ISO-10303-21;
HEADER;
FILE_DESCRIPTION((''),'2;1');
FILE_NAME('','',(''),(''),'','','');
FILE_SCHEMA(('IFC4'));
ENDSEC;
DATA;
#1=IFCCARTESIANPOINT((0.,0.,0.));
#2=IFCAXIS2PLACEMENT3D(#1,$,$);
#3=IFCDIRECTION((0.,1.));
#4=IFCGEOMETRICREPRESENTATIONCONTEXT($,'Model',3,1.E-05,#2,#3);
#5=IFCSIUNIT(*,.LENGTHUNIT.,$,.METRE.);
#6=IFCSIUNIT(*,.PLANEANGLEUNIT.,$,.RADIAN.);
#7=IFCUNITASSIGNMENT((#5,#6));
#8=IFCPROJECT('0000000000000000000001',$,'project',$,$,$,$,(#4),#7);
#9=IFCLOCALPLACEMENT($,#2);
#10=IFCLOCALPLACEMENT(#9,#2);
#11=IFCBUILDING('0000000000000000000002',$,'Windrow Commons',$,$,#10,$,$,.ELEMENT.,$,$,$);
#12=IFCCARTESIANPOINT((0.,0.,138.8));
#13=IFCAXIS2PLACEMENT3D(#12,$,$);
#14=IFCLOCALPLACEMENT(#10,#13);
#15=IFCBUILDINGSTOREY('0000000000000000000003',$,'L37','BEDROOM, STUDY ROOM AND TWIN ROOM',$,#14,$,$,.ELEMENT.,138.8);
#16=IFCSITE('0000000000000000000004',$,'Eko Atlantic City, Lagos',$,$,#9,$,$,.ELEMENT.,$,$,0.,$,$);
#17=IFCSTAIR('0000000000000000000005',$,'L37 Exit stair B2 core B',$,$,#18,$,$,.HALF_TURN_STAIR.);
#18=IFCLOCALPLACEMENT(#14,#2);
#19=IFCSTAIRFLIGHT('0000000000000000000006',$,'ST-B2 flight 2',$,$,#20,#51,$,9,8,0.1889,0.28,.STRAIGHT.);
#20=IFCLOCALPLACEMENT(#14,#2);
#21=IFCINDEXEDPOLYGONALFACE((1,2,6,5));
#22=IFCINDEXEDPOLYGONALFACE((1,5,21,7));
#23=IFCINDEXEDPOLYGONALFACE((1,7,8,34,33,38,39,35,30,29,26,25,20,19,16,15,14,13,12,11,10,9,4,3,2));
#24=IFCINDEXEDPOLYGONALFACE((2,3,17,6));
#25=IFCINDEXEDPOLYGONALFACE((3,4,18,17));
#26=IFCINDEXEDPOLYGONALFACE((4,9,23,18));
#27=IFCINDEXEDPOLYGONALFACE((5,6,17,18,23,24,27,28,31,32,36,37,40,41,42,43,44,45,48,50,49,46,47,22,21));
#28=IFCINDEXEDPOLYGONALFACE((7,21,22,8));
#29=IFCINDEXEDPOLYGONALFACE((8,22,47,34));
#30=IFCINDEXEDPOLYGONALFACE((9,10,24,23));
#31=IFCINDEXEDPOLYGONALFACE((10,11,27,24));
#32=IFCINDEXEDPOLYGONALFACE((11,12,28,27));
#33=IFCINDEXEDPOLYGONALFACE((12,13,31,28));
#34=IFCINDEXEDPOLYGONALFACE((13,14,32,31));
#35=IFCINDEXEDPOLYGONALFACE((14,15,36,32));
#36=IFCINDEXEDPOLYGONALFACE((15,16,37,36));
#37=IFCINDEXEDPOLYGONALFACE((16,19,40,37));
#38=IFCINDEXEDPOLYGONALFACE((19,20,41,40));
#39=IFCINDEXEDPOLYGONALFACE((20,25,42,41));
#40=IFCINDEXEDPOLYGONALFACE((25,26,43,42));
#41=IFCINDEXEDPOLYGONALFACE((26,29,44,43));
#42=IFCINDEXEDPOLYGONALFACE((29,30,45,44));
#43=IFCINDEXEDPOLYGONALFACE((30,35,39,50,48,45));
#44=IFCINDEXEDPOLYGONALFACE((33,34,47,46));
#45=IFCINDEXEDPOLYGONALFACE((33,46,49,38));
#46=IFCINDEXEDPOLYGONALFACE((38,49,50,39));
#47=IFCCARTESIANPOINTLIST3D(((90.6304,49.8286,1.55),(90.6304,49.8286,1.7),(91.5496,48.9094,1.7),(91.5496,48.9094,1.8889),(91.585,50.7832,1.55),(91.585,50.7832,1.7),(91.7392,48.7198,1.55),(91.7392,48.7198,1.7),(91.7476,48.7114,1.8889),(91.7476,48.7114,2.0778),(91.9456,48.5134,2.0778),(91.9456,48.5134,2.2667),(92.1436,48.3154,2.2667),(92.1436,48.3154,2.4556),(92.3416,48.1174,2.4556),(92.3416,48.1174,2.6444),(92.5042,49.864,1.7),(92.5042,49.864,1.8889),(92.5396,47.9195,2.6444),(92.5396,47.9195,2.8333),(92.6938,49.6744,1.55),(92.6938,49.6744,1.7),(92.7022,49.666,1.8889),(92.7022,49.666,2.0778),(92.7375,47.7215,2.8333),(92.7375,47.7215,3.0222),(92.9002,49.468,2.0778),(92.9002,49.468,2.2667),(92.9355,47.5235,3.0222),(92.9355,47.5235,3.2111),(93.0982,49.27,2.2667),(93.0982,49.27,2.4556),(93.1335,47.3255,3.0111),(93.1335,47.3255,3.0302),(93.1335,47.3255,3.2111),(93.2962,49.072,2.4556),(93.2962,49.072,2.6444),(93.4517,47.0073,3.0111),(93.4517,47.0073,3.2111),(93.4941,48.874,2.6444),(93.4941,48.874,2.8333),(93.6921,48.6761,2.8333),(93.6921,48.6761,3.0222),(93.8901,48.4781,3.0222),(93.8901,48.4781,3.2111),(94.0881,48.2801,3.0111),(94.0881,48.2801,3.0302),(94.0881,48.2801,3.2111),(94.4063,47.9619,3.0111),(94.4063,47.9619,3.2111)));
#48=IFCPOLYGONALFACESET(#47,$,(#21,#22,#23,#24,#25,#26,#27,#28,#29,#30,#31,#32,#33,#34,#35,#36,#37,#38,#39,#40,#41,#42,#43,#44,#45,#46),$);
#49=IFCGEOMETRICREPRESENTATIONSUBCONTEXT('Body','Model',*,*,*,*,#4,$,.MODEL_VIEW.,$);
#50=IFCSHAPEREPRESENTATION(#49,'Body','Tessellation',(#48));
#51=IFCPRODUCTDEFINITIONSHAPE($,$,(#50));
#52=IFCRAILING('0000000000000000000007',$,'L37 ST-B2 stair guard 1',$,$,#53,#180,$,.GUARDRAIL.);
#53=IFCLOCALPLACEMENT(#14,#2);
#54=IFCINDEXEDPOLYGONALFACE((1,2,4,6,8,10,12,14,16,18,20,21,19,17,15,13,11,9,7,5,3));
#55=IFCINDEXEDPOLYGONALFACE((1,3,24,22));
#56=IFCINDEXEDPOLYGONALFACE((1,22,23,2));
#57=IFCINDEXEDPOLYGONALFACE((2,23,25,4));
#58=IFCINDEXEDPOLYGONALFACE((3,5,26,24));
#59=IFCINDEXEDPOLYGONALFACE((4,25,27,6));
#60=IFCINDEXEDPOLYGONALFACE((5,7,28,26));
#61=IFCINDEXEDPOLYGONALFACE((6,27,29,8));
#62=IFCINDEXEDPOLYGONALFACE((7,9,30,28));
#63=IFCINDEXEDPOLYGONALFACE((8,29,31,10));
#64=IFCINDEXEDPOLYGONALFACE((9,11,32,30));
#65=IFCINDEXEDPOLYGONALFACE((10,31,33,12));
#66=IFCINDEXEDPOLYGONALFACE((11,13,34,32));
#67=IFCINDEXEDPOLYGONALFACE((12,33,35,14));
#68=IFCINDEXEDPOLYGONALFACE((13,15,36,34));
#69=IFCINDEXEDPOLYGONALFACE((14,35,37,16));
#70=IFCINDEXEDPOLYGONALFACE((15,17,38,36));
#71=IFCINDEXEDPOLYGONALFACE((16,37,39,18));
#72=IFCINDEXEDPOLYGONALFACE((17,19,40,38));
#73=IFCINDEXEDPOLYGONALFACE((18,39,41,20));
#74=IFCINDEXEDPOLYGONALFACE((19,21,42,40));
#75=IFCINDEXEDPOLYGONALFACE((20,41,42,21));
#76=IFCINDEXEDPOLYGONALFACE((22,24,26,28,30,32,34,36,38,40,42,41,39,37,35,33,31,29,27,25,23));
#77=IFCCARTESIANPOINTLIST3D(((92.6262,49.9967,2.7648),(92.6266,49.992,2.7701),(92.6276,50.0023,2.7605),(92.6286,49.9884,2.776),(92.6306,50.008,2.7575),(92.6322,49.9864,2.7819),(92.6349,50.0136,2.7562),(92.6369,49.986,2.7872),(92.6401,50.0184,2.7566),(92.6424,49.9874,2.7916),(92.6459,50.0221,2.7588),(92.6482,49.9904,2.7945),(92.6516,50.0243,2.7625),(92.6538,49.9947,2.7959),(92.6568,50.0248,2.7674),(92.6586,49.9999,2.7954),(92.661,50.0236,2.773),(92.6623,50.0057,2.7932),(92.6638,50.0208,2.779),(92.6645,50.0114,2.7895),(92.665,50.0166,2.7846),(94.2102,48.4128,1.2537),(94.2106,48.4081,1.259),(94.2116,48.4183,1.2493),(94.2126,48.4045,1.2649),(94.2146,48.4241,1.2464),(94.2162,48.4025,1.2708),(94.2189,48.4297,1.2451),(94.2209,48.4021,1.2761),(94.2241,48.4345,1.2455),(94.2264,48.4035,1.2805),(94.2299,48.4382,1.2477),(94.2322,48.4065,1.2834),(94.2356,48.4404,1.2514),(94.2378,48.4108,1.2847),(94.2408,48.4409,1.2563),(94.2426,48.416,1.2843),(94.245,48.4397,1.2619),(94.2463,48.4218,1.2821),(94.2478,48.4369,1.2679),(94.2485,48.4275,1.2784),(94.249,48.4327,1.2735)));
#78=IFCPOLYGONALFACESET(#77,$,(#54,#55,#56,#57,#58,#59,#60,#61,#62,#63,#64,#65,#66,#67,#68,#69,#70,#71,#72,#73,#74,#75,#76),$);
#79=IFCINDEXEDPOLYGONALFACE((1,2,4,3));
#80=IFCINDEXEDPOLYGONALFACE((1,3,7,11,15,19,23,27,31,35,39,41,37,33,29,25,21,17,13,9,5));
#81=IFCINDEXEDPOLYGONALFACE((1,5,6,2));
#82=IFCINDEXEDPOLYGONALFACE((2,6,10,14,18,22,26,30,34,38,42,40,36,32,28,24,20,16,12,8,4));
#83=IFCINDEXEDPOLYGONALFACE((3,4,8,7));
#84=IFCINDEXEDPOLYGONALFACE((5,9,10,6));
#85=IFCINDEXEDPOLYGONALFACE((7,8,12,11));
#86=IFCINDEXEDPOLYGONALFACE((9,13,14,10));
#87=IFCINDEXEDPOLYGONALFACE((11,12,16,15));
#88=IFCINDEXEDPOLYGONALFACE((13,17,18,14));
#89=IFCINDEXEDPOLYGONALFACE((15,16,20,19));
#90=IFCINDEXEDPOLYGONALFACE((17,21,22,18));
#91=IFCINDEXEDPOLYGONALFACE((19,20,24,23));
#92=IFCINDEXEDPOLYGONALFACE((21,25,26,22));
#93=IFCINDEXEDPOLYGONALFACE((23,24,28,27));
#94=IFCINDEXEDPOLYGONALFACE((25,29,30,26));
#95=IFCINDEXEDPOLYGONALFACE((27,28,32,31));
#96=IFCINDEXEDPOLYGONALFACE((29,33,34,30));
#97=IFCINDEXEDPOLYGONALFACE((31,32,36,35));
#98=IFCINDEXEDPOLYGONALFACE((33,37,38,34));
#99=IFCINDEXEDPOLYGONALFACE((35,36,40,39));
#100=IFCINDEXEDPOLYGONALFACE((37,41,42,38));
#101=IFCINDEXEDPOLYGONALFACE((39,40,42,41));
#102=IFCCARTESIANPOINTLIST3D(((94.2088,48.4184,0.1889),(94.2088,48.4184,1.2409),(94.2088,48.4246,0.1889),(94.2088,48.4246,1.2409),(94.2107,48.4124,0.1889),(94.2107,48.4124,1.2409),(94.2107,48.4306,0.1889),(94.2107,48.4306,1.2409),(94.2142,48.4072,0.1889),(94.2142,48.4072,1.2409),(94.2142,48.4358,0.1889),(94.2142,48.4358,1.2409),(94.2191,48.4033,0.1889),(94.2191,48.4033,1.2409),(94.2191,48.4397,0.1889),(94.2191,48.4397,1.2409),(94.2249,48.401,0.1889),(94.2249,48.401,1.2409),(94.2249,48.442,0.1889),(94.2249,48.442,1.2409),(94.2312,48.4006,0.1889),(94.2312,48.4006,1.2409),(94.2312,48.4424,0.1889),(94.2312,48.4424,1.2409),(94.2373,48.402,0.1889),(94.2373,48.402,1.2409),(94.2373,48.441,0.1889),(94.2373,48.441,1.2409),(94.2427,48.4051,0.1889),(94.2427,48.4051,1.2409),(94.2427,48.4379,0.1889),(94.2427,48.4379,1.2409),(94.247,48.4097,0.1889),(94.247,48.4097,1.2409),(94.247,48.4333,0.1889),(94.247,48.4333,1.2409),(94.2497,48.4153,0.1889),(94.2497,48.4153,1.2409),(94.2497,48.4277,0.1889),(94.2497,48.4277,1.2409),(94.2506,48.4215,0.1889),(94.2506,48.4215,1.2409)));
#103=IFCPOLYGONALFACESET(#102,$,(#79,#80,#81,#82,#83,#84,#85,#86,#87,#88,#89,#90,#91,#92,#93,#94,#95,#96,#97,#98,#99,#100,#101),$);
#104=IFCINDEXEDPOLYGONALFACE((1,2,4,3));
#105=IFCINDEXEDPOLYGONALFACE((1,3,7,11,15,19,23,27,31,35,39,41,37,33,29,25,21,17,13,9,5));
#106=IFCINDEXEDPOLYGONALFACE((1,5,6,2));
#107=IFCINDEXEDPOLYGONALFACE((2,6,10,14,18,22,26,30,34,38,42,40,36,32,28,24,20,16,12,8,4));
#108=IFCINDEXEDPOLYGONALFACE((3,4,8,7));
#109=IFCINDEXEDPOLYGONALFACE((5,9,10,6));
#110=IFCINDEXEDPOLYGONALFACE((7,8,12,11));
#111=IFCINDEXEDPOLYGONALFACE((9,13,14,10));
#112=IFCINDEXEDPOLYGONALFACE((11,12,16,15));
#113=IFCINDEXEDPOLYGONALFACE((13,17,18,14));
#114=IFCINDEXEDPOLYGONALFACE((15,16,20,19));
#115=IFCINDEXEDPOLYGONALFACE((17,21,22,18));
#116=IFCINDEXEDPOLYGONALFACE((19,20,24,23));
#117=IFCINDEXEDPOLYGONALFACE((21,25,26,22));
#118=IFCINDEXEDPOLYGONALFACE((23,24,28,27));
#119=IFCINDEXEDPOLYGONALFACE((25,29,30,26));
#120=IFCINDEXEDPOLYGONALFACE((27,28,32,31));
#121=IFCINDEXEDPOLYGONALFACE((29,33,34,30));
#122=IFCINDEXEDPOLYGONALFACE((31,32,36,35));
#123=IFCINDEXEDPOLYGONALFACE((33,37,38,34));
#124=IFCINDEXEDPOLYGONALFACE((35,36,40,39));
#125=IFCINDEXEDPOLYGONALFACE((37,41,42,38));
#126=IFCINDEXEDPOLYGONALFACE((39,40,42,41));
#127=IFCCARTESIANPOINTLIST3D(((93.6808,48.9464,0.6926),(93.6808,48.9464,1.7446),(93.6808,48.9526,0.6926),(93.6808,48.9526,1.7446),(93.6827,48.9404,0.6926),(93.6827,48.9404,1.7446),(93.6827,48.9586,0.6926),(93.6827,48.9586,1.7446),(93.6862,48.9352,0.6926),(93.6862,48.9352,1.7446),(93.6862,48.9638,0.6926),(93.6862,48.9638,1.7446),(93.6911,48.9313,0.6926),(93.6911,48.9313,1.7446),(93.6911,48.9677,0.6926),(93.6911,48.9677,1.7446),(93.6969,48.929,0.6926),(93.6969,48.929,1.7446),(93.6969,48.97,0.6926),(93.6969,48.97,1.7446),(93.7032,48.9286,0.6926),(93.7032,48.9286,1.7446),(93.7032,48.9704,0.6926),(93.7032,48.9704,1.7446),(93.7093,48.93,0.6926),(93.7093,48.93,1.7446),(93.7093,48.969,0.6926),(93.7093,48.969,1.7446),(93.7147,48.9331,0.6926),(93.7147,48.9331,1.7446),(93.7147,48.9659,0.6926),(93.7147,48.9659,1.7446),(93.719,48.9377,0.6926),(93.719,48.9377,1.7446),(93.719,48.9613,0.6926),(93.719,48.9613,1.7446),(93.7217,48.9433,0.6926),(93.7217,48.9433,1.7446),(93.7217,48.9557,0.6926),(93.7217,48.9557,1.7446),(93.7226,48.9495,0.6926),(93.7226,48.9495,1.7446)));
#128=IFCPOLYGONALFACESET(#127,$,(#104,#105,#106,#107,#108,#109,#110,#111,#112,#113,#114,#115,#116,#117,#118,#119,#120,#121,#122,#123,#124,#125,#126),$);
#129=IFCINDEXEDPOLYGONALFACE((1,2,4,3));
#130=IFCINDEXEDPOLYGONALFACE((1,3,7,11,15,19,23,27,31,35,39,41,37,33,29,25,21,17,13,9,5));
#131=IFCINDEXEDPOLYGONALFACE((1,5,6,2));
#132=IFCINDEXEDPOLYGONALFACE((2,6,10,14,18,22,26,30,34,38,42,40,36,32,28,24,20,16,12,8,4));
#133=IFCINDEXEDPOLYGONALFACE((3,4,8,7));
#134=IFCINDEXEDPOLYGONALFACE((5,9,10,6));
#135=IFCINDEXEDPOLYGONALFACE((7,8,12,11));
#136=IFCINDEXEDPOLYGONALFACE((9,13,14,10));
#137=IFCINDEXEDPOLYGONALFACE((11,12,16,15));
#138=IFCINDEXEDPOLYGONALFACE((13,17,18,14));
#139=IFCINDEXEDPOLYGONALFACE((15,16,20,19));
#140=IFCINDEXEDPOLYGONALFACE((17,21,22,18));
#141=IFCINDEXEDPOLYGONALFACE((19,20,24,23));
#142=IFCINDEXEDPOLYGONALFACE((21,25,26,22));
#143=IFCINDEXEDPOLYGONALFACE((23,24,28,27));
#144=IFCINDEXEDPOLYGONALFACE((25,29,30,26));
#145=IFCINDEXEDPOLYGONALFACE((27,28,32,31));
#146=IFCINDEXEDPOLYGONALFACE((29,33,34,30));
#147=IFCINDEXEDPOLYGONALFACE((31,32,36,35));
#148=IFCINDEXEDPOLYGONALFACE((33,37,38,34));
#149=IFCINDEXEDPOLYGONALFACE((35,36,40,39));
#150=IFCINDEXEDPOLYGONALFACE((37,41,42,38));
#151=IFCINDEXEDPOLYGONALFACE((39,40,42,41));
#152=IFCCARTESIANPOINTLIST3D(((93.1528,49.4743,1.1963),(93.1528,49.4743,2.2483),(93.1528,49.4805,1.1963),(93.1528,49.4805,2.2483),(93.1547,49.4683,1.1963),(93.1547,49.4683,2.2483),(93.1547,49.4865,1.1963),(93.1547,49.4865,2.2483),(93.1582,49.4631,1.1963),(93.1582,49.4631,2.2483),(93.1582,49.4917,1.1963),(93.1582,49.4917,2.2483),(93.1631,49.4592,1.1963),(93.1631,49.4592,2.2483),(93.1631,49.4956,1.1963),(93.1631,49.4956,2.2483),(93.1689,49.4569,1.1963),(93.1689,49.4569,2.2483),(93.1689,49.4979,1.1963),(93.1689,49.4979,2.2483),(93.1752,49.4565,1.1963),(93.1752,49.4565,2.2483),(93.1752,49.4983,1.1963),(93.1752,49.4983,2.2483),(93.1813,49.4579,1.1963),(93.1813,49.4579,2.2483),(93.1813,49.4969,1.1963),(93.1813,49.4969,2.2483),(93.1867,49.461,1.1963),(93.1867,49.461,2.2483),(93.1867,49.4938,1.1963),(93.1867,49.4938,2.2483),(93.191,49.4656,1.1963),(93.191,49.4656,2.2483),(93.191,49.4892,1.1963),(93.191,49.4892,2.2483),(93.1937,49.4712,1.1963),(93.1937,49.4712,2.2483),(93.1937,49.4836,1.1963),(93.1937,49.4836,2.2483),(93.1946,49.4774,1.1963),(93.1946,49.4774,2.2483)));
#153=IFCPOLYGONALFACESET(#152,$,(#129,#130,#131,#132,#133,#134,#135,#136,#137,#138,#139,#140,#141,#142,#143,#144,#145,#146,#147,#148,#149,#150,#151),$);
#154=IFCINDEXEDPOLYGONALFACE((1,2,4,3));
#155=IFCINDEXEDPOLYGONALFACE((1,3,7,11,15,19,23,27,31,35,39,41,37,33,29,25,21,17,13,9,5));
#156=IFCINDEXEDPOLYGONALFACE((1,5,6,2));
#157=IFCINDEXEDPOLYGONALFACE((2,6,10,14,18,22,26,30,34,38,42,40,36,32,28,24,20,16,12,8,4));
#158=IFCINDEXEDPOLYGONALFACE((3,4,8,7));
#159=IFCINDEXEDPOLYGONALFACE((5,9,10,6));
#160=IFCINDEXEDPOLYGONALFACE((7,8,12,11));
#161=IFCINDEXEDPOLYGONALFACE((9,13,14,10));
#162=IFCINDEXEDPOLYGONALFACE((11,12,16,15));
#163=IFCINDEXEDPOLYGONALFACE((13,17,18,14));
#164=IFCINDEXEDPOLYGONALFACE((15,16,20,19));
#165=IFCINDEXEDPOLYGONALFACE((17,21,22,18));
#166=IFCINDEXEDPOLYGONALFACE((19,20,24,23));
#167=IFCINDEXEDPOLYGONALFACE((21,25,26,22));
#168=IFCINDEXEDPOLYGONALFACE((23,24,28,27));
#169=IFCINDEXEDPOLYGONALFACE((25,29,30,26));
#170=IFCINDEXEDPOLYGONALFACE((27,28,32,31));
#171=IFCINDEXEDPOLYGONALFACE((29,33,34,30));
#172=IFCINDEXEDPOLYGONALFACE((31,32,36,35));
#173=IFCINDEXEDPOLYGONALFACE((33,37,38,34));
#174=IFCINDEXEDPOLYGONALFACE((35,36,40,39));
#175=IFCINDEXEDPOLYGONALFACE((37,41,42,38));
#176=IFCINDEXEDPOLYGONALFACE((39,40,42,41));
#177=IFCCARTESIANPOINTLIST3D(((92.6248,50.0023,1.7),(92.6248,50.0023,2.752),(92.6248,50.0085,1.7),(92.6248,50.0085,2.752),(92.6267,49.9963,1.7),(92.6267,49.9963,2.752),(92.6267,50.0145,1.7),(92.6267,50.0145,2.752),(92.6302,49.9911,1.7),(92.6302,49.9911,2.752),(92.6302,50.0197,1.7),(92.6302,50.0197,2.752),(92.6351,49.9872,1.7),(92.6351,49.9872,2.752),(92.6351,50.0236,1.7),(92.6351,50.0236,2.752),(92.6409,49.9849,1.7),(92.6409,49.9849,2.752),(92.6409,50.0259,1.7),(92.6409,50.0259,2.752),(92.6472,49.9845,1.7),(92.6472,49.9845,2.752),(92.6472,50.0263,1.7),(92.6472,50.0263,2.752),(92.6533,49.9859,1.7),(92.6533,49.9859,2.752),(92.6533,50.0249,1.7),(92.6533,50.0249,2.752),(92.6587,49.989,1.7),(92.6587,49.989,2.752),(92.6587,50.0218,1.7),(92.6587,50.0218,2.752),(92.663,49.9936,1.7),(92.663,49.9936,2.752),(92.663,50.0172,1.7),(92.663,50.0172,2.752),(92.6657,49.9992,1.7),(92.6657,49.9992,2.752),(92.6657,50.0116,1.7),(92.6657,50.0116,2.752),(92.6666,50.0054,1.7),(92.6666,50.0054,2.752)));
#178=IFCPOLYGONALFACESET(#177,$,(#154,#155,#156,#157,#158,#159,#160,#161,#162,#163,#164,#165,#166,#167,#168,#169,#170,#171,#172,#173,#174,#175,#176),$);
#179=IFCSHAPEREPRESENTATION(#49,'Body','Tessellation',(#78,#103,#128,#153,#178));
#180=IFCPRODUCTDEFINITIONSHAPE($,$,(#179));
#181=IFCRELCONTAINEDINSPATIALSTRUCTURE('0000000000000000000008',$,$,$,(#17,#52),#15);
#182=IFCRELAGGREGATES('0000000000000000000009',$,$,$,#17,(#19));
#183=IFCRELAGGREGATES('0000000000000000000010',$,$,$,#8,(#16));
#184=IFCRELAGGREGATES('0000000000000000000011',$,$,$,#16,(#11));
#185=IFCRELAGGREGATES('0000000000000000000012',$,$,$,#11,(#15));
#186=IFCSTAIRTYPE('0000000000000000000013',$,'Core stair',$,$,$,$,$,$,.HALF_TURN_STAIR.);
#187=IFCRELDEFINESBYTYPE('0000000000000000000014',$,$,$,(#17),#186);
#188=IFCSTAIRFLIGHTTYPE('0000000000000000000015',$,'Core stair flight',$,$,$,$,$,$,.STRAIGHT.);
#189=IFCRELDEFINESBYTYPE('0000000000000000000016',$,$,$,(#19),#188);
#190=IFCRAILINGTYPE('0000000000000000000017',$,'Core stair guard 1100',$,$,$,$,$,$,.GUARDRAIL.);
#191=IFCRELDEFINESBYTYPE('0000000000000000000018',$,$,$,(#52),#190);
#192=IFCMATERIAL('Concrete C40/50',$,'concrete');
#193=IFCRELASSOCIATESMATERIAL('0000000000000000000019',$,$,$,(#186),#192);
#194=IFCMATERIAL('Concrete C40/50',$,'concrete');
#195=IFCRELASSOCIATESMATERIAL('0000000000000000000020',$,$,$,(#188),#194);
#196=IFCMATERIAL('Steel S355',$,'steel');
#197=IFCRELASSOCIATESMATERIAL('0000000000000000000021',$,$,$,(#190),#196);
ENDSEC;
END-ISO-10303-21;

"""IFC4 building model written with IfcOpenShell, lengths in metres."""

from ifc_helpers import new_model, si_unit, direction, frame, origin, origin_2d, place, context, subcontext, project, spatial, polyline, circle, outline, extrude, material, type_object, element, aggregate, save


model = new_model("IFC4")

# Units and contexts
model_context = context("Model", 3, precision=1e-05, world=origin(), true_north=direction((0.0, 1.0)))
body_context = subcontext(model_context, "Body", "Model", "MODEL_VIEW")
ifc_project = project(units=[si_unit("LENGTHUNIT", "METRE"), si_unit("PLANEANGLEUNIT", "RADIAN")], contexts=[model_context])

# Site, building, storey
site_placement = place(None, origin())
site = spatial("IfcSite", under=ifc_project, at=site_placement, Name="Eko Atlantic City, Lagos", CompositionType="ELEMENT", RefElevation=0.0)
building_placement = place(site_placement, origin())
building = spatial("IfcBuilding", under=site, at=building_placement, Name="Windrow Commons", CompositionType="ELEMENT")
storey_placement = place(building_placement, frame((0.0, 0.0, 138.8)))
storey = spatial("IfcBuildingStorey", under=building, at=storey_placement, Name="L37", Description="BEDROOM, STUDY ROOM AND TWIN ROOM", CompositionType="ELEMENT", Elevation=138.8)

# Stair, stair flight
ifc_material_1 = material(Name="Concrete C40/50", Category="concrete")
stair_type = type_object("IfcStairType", Name="Core stair", PredefinedType="HALF_TURN_STAIR", material=ifc_material_1)
stair_placement = place(storey_placement, origin())
stair = element("IfcStair", 1, at=stair_placement, inside=storey, type_object=stair_type, Name="L37 Exit stair B2 core B", PredefinedType="HALF_TURN_STAIR")
ifc_material_2 = material(Name="Concrete C40/50", Category="concrete")
stair_flight_type = type_object("IfcStairFlightType", Name="Core stair flight", PredefinedType="STRAIGHT", material=ifc_material_2)
stair_flight_placement = place(storey_placement, frame((92.0269, 49.3867, 1.7), z_axis=(0.0, 0.0, 1.0), x_axis=(0.707107, -0.707107, 0.0)))
stair_flight = element("IfcStairFlight", 2, at=stair_flight_placement, type_object=stair_flight_type, Name="ST-B2 flight 2", NumberOfRisers=9, NumberOfTreads=8, PredefinedType="STRAIGHT", RiserHeight=0.1889, TreadLength=0.28, context=body_context, shape_type="SweptSolid", body=[
    extrude(outline(polyline([(-1.3, -0.15), (-1.3, 0.0), (0.0, 0.0), (0.0, 0.1889), (0.28, 0.1889), (0.28, 0.3778), (0.56, 0.3778), (0.56, 0.5667), (0.84, 0.5667), (0.84, 0.7556), (1.12, 0.7556), (1.12, 0.9444), (1.4, 0.9444), (1.4, 1.1333), (1.68, 1.1333), (1.68, 1.3222), (1.96, 1.3222), (1.96, 1.5111), (2.24, 1.5111), (2.69, 1.5111), (2.69, 1.3111), (2.24, 1.3111), (2.24, 1.3302), (0.2682, 0.0), (0.2682, -0.15), (-1.3, -0.15)])), frame((0.0, 0.675, 0.0), z_axis=(0.0, -1.0, 0.0), x_axis=(1.0, 0.0, 0.0)), (0.0, 0.0, 1.0), 1.35),
])
aggregate(stair, [stair_flight])

# Railing
ifc_material_3 = material(Name="Steel S355", Category="steel")
railing_type_1 = type_object("IfcRailingType", Name="Core stair guard 1100", PredefinedType="GUARDRAIL", material=ifc_material_3)
railing_1_placement = place(storey_placement, frame((94.2296, 48.4215, 0.1889)))
element("IfcRailing", 3, at=railing_1_placement, inside=storey, type_object=railing_type_1, Name="L37 ST-B2 stair guard 1", PredefinedType="GUARDRAIL", context=body_context, shape_type="SweptSolid", body=[
    extrude(circle(Radius=0.024, at=origin_2d()), frame((0.0, 0.0, 1.076), z_axis=(-0.586216, 0.586179, 0.559237), x_axis=(-0.707084, -0.707129, 0.0)), (0.0, 0.0, 1.0), 2.7021),
    extrude(circle(Radius=0.021, at=origin_2d()), origin(), (0.0, 0.0, 1.0), 1.052),
    extrude(circle(Radius=0.021, at=origin_2d()), frame((-0.528, 0.528, 0.5037)), (0.0, 0.0, 1.0), 1.052),
    extrude(circle(Radius=0.021, at=origin_2d()), frame((-1.056, 1.0559, 1.0074)), (0.0, 0.0, 1.0), 1.052),
    extrude(circle(Radius=0.021, at=origin_2d()), frame((-1.584, 1.5839, 1.5111)), (0.0, 0.0, 1.0), 1.052),
])

save(model, "model.ifc")
